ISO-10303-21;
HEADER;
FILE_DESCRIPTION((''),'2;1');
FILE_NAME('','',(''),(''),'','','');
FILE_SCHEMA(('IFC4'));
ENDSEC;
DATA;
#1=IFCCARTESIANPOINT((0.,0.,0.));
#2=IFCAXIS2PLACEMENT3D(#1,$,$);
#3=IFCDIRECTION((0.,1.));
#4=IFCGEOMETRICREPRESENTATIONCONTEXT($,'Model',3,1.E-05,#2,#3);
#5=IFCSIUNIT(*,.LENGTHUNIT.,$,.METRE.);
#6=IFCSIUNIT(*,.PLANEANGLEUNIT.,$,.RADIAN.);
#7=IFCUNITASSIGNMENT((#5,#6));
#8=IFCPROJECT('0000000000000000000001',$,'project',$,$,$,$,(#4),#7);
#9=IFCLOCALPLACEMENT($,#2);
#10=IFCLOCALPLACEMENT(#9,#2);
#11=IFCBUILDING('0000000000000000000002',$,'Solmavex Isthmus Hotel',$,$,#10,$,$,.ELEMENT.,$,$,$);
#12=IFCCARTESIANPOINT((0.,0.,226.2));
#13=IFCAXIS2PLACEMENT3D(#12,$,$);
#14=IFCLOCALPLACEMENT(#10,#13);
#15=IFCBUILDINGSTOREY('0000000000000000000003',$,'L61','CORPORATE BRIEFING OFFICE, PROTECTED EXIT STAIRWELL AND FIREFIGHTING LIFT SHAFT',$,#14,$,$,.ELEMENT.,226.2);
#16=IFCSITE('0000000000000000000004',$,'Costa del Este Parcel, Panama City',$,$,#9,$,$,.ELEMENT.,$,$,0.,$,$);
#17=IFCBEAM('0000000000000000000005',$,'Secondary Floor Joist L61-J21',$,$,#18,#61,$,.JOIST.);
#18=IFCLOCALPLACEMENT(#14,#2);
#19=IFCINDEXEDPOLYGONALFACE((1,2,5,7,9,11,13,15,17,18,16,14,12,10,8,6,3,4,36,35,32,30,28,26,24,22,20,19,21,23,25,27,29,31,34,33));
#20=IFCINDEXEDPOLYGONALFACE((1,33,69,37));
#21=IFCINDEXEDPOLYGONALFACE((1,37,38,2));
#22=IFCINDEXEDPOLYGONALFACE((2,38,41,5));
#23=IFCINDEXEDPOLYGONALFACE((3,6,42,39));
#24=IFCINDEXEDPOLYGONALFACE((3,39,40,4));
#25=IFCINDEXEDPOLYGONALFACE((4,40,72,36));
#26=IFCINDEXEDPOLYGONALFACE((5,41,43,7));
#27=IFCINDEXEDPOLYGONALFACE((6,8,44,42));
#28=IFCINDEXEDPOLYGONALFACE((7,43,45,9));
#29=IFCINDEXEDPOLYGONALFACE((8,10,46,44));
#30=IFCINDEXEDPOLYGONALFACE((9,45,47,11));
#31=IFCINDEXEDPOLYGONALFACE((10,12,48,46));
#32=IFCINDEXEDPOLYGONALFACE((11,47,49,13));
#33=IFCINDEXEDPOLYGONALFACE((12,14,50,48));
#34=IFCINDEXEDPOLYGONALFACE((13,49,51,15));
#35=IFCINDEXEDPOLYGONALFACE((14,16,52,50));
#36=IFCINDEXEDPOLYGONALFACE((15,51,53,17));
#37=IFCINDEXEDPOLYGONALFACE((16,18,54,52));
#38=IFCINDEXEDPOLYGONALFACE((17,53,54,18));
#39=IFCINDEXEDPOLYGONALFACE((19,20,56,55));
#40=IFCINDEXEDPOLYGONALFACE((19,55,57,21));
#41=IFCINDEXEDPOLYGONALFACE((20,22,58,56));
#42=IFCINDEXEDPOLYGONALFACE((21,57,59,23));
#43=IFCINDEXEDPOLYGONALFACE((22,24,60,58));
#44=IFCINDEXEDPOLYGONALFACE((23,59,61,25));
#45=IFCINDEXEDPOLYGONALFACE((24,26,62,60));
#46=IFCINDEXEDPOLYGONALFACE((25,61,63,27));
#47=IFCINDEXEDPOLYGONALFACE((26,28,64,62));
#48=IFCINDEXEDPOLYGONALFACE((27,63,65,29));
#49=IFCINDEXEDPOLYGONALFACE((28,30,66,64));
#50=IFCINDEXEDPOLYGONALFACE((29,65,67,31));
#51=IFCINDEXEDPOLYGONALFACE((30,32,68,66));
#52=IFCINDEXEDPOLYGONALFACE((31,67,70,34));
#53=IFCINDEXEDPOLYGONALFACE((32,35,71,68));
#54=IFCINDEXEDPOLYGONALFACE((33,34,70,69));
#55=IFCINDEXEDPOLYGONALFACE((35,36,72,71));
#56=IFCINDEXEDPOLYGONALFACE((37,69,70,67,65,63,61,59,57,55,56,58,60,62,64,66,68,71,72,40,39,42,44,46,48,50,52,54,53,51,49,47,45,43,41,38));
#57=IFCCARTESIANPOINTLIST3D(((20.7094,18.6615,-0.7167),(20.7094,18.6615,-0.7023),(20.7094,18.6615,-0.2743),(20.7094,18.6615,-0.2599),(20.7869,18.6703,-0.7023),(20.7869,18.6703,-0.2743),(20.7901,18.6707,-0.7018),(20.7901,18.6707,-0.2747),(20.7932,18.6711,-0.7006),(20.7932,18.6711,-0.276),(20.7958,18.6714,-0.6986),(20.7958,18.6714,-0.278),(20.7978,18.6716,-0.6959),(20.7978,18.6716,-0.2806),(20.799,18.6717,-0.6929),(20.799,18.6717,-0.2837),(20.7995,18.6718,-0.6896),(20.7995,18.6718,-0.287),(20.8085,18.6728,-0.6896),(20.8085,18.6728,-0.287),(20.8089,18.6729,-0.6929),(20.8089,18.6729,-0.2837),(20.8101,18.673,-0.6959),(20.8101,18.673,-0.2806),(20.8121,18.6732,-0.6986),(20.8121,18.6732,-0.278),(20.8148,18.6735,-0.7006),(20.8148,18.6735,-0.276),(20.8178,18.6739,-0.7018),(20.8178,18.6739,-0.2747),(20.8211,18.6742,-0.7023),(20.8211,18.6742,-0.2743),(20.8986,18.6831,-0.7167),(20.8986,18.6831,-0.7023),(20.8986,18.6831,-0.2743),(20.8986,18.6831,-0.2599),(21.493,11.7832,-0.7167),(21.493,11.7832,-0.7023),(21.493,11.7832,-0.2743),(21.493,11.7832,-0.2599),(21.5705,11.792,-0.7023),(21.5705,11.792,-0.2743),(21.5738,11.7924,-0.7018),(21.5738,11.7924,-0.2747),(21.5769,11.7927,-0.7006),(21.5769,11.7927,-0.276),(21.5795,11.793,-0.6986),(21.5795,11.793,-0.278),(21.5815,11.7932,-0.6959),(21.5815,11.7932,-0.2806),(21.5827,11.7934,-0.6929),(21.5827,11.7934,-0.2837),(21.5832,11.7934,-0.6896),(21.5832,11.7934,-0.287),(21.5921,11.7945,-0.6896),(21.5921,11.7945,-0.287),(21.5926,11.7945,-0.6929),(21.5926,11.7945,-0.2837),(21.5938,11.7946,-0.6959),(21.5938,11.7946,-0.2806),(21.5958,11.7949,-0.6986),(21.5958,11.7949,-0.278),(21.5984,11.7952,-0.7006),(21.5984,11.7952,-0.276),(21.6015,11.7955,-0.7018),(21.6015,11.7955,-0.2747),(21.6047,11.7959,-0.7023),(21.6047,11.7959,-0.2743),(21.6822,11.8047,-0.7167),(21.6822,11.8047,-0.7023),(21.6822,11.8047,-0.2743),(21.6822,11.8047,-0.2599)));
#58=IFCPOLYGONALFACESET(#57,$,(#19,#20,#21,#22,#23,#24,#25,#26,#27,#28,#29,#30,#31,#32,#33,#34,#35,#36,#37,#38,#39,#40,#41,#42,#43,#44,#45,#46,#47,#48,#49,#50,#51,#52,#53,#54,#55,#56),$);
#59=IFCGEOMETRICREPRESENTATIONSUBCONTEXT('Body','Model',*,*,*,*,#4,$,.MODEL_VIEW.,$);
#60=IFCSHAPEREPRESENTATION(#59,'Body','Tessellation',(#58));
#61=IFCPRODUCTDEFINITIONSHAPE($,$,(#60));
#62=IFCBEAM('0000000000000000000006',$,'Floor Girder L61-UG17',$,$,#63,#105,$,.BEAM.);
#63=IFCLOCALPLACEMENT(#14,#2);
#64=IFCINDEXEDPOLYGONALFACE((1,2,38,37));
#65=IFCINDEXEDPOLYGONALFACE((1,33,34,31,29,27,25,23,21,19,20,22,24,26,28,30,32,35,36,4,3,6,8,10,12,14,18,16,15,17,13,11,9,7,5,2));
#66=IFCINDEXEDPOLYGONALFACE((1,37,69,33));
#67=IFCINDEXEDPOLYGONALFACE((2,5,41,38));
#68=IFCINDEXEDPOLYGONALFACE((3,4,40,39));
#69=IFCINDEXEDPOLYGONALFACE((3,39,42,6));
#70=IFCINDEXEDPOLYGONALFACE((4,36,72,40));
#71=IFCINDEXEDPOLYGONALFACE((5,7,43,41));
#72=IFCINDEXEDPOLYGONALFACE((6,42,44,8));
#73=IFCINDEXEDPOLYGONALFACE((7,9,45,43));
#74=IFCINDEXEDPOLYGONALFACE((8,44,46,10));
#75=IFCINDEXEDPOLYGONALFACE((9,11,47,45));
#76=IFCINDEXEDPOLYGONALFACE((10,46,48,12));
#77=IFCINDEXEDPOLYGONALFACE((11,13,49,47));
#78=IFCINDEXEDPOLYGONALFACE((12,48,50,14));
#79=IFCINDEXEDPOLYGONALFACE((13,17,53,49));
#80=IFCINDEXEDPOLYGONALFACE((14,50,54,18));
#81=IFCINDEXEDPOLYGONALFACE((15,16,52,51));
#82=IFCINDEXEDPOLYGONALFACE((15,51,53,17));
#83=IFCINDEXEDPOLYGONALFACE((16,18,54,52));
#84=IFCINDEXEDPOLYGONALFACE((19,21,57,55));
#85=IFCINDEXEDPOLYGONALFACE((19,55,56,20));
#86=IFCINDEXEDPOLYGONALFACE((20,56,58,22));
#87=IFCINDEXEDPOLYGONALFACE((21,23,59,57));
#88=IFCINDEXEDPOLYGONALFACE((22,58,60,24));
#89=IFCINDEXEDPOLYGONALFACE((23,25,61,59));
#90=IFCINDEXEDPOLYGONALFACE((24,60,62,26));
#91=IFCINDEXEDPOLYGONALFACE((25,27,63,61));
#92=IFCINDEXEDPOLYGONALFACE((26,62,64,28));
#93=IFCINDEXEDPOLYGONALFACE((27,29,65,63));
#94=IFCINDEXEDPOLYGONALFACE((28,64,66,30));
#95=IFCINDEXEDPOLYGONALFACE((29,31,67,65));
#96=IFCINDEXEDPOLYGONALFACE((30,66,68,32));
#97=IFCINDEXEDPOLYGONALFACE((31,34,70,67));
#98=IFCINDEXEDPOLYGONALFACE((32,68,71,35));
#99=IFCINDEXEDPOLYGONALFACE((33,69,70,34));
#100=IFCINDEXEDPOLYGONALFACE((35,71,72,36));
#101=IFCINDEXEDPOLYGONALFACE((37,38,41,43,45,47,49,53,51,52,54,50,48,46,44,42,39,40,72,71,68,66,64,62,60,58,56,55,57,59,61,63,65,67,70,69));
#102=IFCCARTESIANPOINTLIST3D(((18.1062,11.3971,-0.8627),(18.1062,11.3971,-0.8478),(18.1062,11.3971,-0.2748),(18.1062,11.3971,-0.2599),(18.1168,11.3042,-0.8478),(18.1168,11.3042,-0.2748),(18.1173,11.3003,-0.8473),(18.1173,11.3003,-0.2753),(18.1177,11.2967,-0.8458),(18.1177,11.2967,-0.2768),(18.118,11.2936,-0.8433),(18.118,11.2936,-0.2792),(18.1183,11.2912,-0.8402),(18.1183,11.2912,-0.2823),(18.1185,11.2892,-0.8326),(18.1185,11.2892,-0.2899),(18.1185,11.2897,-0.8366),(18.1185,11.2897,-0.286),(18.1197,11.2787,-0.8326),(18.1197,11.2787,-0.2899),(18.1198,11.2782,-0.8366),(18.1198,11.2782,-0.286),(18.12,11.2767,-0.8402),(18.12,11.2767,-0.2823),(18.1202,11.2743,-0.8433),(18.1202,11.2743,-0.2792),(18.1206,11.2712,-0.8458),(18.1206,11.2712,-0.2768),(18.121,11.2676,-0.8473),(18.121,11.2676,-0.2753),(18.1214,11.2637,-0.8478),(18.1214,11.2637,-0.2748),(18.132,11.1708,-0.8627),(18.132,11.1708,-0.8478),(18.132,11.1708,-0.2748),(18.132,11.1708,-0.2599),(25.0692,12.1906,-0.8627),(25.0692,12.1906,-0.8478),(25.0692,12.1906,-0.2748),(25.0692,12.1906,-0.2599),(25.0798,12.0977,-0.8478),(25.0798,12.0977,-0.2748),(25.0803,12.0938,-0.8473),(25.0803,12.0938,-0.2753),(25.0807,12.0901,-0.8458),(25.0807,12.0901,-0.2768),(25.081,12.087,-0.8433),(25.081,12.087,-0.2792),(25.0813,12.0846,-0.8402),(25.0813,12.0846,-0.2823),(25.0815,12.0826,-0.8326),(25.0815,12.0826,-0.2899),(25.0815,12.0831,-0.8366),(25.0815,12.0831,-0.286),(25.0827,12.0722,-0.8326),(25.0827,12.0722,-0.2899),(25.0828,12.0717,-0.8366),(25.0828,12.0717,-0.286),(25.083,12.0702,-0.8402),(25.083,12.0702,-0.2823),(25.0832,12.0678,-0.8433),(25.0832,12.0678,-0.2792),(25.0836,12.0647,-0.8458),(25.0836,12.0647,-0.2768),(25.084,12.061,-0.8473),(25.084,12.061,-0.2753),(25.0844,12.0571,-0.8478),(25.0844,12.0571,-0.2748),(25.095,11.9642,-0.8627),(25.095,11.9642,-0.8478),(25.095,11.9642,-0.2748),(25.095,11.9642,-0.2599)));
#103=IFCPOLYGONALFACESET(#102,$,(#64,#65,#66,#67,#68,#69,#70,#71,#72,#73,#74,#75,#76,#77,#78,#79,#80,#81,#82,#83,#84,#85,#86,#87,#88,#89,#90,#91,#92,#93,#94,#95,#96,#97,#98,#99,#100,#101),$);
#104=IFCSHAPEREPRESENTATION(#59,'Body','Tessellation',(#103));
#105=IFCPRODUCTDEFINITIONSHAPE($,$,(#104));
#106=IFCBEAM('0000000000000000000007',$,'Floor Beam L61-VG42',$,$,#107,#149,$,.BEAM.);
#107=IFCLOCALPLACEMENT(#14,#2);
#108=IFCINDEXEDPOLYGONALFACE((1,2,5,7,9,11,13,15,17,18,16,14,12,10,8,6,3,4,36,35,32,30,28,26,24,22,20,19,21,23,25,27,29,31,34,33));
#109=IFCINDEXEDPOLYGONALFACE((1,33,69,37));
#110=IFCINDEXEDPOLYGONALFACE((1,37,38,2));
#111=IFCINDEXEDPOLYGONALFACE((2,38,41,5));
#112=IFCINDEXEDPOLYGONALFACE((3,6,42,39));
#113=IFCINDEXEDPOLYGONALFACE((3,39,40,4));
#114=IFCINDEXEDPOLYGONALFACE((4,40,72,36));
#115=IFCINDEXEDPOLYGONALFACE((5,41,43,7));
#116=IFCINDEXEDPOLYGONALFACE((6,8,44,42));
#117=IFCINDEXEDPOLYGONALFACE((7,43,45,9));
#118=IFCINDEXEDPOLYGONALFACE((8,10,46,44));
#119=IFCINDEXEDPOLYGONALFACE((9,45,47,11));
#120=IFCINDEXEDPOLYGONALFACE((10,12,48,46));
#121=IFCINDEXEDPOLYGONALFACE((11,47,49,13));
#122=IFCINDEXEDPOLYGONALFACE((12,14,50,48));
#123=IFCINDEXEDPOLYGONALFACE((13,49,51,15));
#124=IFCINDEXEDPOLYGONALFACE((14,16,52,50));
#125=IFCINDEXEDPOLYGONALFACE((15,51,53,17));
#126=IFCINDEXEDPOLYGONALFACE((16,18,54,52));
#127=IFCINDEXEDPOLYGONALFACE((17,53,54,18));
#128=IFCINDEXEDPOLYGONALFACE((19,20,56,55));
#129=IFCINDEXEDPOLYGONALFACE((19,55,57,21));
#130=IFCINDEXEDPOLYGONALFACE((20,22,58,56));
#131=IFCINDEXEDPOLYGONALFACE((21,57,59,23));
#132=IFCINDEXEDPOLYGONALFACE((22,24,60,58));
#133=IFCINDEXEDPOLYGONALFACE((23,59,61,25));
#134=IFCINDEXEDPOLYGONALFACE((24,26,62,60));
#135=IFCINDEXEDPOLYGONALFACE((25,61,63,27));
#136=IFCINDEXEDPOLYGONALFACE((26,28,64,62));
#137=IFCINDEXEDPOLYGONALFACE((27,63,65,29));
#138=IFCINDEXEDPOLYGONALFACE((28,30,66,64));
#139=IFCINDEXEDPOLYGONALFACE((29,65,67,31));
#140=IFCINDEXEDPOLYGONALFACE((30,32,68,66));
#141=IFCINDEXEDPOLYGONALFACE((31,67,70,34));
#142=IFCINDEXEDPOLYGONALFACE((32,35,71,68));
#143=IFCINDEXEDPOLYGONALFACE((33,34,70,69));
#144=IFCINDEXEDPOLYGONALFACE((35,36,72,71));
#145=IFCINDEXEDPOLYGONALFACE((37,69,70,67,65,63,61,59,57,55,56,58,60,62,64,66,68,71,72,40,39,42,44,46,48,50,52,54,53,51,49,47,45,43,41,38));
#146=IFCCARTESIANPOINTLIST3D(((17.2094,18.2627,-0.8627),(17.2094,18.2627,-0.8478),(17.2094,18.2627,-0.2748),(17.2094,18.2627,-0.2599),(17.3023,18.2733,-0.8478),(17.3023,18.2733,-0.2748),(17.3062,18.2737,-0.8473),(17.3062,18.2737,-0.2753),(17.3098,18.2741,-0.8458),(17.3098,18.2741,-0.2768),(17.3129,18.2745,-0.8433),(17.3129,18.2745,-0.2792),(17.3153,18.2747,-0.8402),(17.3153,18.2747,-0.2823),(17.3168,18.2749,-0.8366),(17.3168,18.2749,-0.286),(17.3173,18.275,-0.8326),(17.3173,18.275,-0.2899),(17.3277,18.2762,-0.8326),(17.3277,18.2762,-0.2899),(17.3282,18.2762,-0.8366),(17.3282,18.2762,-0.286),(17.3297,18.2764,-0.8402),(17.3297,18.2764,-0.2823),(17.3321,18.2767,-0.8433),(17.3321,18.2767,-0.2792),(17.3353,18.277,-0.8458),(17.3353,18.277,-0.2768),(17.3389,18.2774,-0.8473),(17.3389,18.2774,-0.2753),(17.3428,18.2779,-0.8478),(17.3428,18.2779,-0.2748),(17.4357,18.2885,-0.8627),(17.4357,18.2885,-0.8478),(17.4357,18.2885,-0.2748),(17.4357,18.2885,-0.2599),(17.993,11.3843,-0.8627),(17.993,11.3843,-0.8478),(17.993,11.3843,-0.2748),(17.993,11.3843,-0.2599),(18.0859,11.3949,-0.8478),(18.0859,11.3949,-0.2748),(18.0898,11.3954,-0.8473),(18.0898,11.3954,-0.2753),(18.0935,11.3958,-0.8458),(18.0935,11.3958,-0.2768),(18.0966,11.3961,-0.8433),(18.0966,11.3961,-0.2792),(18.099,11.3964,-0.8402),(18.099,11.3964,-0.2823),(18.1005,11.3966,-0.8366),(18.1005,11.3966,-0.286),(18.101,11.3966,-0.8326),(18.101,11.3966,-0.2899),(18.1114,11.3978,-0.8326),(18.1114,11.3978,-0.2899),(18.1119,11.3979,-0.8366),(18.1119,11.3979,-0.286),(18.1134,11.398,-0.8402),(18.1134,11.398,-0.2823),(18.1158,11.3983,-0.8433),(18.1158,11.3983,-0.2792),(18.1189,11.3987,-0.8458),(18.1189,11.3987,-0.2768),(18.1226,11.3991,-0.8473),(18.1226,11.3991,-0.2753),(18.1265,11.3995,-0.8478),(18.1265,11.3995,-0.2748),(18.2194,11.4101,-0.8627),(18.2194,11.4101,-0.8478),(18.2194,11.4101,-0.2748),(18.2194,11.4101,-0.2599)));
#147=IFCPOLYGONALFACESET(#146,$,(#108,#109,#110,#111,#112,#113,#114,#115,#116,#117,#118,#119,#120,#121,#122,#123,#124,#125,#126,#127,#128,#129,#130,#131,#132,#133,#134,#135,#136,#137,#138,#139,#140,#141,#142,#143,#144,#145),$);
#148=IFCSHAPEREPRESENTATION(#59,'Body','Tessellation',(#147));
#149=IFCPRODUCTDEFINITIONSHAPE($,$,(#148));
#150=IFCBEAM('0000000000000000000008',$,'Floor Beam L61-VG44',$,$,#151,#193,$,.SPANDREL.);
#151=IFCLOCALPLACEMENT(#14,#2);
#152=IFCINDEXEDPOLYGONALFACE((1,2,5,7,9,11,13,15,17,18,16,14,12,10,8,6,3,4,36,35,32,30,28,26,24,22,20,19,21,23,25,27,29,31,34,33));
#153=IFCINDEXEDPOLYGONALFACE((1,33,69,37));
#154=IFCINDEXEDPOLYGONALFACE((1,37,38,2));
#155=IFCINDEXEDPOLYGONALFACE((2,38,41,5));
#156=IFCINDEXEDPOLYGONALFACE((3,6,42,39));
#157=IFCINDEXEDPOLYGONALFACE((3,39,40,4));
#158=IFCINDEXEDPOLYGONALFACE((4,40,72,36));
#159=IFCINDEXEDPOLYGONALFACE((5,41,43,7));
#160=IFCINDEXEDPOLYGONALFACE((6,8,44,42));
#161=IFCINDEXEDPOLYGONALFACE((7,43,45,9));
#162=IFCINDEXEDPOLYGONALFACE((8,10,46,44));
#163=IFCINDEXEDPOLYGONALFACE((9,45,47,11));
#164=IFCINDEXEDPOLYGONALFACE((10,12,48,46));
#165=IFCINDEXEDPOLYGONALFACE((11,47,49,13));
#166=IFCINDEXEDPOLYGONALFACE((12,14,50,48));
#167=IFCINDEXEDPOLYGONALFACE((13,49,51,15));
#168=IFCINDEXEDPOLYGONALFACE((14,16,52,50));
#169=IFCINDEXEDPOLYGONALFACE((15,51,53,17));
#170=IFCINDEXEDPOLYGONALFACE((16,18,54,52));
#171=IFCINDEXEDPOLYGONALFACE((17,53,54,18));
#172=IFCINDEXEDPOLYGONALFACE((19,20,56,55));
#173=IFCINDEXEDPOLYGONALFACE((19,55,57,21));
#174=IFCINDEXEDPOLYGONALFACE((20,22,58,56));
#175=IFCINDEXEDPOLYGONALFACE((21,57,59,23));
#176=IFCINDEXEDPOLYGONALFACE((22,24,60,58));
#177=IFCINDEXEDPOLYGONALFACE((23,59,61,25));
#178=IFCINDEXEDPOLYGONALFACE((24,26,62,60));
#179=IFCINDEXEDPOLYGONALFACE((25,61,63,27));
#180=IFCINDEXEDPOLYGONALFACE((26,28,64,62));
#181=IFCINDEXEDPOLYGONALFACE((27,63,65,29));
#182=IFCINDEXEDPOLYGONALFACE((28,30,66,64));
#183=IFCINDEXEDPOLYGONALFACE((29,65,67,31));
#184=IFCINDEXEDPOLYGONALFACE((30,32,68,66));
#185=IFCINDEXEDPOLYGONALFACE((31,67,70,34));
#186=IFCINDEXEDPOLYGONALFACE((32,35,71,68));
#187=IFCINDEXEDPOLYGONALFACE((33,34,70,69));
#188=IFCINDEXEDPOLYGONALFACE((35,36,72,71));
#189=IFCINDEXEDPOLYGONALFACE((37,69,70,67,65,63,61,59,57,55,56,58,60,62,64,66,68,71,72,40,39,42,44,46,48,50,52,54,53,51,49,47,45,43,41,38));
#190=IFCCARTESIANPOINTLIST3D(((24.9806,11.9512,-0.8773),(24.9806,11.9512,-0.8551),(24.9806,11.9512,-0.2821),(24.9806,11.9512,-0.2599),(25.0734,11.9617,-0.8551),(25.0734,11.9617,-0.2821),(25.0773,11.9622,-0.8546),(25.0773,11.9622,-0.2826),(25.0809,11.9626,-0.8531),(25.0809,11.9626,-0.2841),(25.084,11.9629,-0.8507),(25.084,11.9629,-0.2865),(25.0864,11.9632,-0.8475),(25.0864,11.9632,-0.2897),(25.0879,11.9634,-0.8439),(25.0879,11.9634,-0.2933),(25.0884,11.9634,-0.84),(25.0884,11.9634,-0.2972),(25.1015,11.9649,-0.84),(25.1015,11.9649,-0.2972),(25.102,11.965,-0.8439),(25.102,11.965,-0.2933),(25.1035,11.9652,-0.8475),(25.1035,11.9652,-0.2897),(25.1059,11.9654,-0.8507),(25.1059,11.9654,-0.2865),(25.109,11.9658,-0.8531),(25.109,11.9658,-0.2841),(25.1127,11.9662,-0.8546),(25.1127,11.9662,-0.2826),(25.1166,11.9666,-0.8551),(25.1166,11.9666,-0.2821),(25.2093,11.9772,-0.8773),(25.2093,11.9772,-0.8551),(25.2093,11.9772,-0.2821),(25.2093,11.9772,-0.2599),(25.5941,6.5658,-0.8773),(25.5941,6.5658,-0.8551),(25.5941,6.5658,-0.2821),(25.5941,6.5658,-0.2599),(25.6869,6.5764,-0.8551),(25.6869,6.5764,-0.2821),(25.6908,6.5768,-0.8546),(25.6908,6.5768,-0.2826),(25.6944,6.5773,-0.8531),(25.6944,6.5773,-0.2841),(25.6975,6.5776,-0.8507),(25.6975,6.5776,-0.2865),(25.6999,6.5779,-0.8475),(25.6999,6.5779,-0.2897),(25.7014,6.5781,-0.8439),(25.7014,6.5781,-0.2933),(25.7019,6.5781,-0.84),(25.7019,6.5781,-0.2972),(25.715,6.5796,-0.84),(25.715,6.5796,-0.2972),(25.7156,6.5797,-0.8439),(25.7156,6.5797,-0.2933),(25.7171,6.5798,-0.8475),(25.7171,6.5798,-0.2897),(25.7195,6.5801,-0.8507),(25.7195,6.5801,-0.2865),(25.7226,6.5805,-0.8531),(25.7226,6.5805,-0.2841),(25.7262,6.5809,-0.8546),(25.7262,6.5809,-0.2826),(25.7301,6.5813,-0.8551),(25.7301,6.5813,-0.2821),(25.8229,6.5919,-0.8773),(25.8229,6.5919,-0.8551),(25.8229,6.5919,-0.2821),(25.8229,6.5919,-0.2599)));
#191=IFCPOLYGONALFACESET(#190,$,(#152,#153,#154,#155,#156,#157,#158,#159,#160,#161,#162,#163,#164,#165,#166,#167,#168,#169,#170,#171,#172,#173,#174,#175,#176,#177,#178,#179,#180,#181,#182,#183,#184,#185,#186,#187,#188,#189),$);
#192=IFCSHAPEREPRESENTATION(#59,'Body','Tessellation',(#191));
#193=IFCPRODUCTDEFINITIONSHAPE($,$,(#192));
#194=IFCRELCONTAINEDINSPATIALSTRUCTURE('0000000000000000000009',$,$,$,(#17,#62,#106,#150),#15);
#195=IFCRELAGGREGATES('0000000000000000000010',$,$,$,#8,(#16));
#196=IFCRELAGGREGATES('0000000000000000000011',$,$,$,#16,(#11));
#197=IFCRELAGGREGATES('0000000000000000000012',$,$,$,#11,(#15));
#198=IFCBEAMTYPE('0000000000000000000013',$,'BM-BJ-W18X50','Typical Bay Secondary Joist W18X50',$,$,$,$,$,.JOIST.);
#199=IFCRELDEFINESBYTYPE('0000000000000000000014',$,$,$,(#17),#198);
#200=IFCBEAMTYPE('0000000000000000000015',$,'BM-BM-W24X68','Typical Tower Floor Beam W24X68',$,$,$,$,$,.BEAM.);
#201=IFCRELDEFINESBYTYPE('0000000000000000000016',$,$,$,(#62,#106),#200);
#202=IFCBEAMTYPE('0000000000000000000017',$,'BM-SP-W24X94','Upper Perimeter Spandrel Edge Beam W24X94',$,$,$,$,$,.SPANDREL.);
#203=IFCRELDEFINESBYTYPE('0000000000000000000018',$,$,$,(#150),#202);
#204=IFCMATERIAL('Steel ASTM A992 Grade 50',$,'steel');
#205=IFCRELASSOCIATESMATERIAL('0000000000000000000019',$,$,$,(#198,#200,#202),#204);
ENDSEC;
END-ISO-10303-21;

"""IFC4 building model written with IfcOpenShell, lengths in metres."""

from ifc_helpers import new_model, si_unit, direction, frame, origin, origin_2d, place, context, subcontext, project, spatial, i_section, extrude, material, material_profile, profile_set, type_object, element, save


model = new_model("IFC4")

# Units and contexts
model_context = context("Model", 3, precision=1e-05, world=origin(), true_north=direction((0.0, 1.0)))
body_context = subcontext(model_context, "Body", "Model", "MODEL_VIEW")
ifc_project = project(units=[si_unit("LENGTHUNIT", "METRE"), si_unit("PLANEANGLEUNIT", "RADIAN")], contexts=[model_context])

# Site, building, storey
site_placement = place(None, origin())
site = spatial("IfcSite", under=ifc_project, at=site_placement, Name="Costa del Este Parcel, Panama City", CompositionType="ELEMENT", RefElevation=0.0)
building_placement = place(site_placement, origin())
building = spatial("IfcBuilding", under=site, at=building_placement, Name="Solmavex Isthmus Hotel", CompositionType="ELEMENT")
storey_placement = place(building_placement, frame((0.0, 0.0, 226.2)))
storey = spatial("IfcBuildingStorey", under=building, at=storey_placement, Name="L61", Description="CORPORATE BRIEFING OFFICE, PROTECTED EXIT STAIRWELL AND FIREFIGHTING LIFT SHAFT", CompositionType="ELEMENT", Elevation=226.2)

# Beams
ifc_material_1 = material(Name="Steel ASTM A992 Grade 50", Category="steel")
ifc_material_profile_1 = material_profile(ifc_material_1, i_section(OverallWidth=0.1904, OverallDepth=0.4568, WebThickness=0.009, FlangeThickness=0.0144, FilletRadius=0.0127, at=origin_2d()), Name="W18X50")
ifc_profile_set_1 = profile_set([ifc_material_profile_1], Name="Steel ASTM A992 Grade 50")
beam_type_1 = type_object("IfcBeamType", Name="BM-BJ-W18X50", Description="Typical Bay Secondary Joist W18X50", PredefinedType="JOIST", material=ifc_profile_set_1)
beam_1_placement = place(storey_placement, frame((21.5876, 11.7939, -0.4883), z_axis=(-0.113202, 0.993572, 0.0), x_axis=(-0.993572, -0.113202, 0.0)))
element("IfcBeam", 1, at=beam_1_placement, inside=storey, type_object=beam_type_1, Name="Secondary Floor Joist L61-J21", PredefinedType="JOIST", context=body_context, shape_type="SweptSolid", body=[
    extrude(i_section(OverallWidth=0.1904, OverallDepth=0.4568, WebThickness=0.009, FlangeThickness=0.0144, FilletRadius=0.0127, at=origin_2d()), origin(), (0.0, 0.0, 1.0), 6.9229),
])
ifc_material_profile_2 = material_profile(ifc_material_1, i_section(OverallWidth=0.2278, OverallDepth=0.6028, WebThickness=0.0105, FlangeThickness=0.0149, FilletRadius=0.0151, at=origin_2d()), Name="W24X68")
ifc_profile_set_2 = profile_set([ifc_material_profile_2], Name="Steel ASTM A992 Grade 50")
beam_type_2 = type_object("IfcBeamType", Name="BM-BM-W24X68", Description="Typical Tower Floor Beam W24X68", PredefinedType="BEAM", material=ifc_profile_set_2)
beam_2_placement = place(storey_placement, frame((18.1191, 11.2839, -0.5613), z_axis=(0.99357, 0.113222, 0.0), x_axis=(-0.113222, 0.99357, 0.0)))
element("IfcBeam", 2, at=beam_2_placement, inside=storey, type_object=beam_type_2, Name="Floor Girder L61-UG17", PredefinedType="BEAM", context=body_context, shape_type="SweptSolid", body=[
    extrude(i_section(OverallWidth=0.2278, OverallDepth=0.6028, WebThickness=0.0105, FlangeThickness=0.0149, FilletRadius=0.0151, at=origin_2d()), origin(), (0.0, 0.0, 1.0), 7.0081),
])
beam_3_placement = place(storey_placement, frame((18.1062, 11.3972, -0.5613), z_axis=(-0.113202, 0.993572, 0.0), x_axis=(-0.993572, -0.113202, 0.0)))
element("IfcBeam", 3, at=beam_3_placement, inside=storey, type_object=beam_type_2, Name="Floor Beam L61-VG42", PredefinedType="BEAM", context=body_context, shape_type="SweptSolid", body=[
    extrude(i_section(OverallWidth=0.2278, OverallDepth=0.6028, WebThickness=0.0105, FlangeThickness=0.0149, FilletRadius=0.0151, at=origin_2d()), origin(), (0.0, 0.0, 1.0), 6.9229),
])
ifc_material_profile_3 = material_profile(ifc_material_1, i_section(OverallWidth=0.2302, OverallDepth=0.6174, WebThickness=0.0132, FlangeThickness=0.0222, FilletRadius=0.0151, at=origin_2d()), Name="W24X94")
ifc_profile_set_3 = profile_set([ifc_material_profile_3], Name="Steel ASTM A992 Grade 50")
beam_type_3 = type_object("IfcBeamType", Name="BM-SP-W24X94", Description="Upper Perimeter Spandrel Edge Beam W24X94", PredefinedType="SPANDREL", material=ifc_profile_set_3)
beam_4_placement = place(storey_placement, frame((25.7085, 6.5789, -0.5686), z_axis=(-0.113195, 0.993573, 0.0), x_axis=(-0.993573, -0.113195, 0.0)))
element("IfcBeam", 4, at=beam_4_placement, inside=storey, type_object=beam_type_3, Name="Floor Beam L61-VG44", PredefinedType="SPANDREL", context=body_context, shape_type="SweptSolid", body=[
    extrude(i_section(OverallWidth=0.2302, OverallDepth=0.6174, WebThickness=0.0132, FlangeThickness=0.0222, FilletRadius=0.0151, at=origin_2d()), origin(), (0.0, 0.0, 1.0), 5.4202),
])

save(model, "model.ifc")
